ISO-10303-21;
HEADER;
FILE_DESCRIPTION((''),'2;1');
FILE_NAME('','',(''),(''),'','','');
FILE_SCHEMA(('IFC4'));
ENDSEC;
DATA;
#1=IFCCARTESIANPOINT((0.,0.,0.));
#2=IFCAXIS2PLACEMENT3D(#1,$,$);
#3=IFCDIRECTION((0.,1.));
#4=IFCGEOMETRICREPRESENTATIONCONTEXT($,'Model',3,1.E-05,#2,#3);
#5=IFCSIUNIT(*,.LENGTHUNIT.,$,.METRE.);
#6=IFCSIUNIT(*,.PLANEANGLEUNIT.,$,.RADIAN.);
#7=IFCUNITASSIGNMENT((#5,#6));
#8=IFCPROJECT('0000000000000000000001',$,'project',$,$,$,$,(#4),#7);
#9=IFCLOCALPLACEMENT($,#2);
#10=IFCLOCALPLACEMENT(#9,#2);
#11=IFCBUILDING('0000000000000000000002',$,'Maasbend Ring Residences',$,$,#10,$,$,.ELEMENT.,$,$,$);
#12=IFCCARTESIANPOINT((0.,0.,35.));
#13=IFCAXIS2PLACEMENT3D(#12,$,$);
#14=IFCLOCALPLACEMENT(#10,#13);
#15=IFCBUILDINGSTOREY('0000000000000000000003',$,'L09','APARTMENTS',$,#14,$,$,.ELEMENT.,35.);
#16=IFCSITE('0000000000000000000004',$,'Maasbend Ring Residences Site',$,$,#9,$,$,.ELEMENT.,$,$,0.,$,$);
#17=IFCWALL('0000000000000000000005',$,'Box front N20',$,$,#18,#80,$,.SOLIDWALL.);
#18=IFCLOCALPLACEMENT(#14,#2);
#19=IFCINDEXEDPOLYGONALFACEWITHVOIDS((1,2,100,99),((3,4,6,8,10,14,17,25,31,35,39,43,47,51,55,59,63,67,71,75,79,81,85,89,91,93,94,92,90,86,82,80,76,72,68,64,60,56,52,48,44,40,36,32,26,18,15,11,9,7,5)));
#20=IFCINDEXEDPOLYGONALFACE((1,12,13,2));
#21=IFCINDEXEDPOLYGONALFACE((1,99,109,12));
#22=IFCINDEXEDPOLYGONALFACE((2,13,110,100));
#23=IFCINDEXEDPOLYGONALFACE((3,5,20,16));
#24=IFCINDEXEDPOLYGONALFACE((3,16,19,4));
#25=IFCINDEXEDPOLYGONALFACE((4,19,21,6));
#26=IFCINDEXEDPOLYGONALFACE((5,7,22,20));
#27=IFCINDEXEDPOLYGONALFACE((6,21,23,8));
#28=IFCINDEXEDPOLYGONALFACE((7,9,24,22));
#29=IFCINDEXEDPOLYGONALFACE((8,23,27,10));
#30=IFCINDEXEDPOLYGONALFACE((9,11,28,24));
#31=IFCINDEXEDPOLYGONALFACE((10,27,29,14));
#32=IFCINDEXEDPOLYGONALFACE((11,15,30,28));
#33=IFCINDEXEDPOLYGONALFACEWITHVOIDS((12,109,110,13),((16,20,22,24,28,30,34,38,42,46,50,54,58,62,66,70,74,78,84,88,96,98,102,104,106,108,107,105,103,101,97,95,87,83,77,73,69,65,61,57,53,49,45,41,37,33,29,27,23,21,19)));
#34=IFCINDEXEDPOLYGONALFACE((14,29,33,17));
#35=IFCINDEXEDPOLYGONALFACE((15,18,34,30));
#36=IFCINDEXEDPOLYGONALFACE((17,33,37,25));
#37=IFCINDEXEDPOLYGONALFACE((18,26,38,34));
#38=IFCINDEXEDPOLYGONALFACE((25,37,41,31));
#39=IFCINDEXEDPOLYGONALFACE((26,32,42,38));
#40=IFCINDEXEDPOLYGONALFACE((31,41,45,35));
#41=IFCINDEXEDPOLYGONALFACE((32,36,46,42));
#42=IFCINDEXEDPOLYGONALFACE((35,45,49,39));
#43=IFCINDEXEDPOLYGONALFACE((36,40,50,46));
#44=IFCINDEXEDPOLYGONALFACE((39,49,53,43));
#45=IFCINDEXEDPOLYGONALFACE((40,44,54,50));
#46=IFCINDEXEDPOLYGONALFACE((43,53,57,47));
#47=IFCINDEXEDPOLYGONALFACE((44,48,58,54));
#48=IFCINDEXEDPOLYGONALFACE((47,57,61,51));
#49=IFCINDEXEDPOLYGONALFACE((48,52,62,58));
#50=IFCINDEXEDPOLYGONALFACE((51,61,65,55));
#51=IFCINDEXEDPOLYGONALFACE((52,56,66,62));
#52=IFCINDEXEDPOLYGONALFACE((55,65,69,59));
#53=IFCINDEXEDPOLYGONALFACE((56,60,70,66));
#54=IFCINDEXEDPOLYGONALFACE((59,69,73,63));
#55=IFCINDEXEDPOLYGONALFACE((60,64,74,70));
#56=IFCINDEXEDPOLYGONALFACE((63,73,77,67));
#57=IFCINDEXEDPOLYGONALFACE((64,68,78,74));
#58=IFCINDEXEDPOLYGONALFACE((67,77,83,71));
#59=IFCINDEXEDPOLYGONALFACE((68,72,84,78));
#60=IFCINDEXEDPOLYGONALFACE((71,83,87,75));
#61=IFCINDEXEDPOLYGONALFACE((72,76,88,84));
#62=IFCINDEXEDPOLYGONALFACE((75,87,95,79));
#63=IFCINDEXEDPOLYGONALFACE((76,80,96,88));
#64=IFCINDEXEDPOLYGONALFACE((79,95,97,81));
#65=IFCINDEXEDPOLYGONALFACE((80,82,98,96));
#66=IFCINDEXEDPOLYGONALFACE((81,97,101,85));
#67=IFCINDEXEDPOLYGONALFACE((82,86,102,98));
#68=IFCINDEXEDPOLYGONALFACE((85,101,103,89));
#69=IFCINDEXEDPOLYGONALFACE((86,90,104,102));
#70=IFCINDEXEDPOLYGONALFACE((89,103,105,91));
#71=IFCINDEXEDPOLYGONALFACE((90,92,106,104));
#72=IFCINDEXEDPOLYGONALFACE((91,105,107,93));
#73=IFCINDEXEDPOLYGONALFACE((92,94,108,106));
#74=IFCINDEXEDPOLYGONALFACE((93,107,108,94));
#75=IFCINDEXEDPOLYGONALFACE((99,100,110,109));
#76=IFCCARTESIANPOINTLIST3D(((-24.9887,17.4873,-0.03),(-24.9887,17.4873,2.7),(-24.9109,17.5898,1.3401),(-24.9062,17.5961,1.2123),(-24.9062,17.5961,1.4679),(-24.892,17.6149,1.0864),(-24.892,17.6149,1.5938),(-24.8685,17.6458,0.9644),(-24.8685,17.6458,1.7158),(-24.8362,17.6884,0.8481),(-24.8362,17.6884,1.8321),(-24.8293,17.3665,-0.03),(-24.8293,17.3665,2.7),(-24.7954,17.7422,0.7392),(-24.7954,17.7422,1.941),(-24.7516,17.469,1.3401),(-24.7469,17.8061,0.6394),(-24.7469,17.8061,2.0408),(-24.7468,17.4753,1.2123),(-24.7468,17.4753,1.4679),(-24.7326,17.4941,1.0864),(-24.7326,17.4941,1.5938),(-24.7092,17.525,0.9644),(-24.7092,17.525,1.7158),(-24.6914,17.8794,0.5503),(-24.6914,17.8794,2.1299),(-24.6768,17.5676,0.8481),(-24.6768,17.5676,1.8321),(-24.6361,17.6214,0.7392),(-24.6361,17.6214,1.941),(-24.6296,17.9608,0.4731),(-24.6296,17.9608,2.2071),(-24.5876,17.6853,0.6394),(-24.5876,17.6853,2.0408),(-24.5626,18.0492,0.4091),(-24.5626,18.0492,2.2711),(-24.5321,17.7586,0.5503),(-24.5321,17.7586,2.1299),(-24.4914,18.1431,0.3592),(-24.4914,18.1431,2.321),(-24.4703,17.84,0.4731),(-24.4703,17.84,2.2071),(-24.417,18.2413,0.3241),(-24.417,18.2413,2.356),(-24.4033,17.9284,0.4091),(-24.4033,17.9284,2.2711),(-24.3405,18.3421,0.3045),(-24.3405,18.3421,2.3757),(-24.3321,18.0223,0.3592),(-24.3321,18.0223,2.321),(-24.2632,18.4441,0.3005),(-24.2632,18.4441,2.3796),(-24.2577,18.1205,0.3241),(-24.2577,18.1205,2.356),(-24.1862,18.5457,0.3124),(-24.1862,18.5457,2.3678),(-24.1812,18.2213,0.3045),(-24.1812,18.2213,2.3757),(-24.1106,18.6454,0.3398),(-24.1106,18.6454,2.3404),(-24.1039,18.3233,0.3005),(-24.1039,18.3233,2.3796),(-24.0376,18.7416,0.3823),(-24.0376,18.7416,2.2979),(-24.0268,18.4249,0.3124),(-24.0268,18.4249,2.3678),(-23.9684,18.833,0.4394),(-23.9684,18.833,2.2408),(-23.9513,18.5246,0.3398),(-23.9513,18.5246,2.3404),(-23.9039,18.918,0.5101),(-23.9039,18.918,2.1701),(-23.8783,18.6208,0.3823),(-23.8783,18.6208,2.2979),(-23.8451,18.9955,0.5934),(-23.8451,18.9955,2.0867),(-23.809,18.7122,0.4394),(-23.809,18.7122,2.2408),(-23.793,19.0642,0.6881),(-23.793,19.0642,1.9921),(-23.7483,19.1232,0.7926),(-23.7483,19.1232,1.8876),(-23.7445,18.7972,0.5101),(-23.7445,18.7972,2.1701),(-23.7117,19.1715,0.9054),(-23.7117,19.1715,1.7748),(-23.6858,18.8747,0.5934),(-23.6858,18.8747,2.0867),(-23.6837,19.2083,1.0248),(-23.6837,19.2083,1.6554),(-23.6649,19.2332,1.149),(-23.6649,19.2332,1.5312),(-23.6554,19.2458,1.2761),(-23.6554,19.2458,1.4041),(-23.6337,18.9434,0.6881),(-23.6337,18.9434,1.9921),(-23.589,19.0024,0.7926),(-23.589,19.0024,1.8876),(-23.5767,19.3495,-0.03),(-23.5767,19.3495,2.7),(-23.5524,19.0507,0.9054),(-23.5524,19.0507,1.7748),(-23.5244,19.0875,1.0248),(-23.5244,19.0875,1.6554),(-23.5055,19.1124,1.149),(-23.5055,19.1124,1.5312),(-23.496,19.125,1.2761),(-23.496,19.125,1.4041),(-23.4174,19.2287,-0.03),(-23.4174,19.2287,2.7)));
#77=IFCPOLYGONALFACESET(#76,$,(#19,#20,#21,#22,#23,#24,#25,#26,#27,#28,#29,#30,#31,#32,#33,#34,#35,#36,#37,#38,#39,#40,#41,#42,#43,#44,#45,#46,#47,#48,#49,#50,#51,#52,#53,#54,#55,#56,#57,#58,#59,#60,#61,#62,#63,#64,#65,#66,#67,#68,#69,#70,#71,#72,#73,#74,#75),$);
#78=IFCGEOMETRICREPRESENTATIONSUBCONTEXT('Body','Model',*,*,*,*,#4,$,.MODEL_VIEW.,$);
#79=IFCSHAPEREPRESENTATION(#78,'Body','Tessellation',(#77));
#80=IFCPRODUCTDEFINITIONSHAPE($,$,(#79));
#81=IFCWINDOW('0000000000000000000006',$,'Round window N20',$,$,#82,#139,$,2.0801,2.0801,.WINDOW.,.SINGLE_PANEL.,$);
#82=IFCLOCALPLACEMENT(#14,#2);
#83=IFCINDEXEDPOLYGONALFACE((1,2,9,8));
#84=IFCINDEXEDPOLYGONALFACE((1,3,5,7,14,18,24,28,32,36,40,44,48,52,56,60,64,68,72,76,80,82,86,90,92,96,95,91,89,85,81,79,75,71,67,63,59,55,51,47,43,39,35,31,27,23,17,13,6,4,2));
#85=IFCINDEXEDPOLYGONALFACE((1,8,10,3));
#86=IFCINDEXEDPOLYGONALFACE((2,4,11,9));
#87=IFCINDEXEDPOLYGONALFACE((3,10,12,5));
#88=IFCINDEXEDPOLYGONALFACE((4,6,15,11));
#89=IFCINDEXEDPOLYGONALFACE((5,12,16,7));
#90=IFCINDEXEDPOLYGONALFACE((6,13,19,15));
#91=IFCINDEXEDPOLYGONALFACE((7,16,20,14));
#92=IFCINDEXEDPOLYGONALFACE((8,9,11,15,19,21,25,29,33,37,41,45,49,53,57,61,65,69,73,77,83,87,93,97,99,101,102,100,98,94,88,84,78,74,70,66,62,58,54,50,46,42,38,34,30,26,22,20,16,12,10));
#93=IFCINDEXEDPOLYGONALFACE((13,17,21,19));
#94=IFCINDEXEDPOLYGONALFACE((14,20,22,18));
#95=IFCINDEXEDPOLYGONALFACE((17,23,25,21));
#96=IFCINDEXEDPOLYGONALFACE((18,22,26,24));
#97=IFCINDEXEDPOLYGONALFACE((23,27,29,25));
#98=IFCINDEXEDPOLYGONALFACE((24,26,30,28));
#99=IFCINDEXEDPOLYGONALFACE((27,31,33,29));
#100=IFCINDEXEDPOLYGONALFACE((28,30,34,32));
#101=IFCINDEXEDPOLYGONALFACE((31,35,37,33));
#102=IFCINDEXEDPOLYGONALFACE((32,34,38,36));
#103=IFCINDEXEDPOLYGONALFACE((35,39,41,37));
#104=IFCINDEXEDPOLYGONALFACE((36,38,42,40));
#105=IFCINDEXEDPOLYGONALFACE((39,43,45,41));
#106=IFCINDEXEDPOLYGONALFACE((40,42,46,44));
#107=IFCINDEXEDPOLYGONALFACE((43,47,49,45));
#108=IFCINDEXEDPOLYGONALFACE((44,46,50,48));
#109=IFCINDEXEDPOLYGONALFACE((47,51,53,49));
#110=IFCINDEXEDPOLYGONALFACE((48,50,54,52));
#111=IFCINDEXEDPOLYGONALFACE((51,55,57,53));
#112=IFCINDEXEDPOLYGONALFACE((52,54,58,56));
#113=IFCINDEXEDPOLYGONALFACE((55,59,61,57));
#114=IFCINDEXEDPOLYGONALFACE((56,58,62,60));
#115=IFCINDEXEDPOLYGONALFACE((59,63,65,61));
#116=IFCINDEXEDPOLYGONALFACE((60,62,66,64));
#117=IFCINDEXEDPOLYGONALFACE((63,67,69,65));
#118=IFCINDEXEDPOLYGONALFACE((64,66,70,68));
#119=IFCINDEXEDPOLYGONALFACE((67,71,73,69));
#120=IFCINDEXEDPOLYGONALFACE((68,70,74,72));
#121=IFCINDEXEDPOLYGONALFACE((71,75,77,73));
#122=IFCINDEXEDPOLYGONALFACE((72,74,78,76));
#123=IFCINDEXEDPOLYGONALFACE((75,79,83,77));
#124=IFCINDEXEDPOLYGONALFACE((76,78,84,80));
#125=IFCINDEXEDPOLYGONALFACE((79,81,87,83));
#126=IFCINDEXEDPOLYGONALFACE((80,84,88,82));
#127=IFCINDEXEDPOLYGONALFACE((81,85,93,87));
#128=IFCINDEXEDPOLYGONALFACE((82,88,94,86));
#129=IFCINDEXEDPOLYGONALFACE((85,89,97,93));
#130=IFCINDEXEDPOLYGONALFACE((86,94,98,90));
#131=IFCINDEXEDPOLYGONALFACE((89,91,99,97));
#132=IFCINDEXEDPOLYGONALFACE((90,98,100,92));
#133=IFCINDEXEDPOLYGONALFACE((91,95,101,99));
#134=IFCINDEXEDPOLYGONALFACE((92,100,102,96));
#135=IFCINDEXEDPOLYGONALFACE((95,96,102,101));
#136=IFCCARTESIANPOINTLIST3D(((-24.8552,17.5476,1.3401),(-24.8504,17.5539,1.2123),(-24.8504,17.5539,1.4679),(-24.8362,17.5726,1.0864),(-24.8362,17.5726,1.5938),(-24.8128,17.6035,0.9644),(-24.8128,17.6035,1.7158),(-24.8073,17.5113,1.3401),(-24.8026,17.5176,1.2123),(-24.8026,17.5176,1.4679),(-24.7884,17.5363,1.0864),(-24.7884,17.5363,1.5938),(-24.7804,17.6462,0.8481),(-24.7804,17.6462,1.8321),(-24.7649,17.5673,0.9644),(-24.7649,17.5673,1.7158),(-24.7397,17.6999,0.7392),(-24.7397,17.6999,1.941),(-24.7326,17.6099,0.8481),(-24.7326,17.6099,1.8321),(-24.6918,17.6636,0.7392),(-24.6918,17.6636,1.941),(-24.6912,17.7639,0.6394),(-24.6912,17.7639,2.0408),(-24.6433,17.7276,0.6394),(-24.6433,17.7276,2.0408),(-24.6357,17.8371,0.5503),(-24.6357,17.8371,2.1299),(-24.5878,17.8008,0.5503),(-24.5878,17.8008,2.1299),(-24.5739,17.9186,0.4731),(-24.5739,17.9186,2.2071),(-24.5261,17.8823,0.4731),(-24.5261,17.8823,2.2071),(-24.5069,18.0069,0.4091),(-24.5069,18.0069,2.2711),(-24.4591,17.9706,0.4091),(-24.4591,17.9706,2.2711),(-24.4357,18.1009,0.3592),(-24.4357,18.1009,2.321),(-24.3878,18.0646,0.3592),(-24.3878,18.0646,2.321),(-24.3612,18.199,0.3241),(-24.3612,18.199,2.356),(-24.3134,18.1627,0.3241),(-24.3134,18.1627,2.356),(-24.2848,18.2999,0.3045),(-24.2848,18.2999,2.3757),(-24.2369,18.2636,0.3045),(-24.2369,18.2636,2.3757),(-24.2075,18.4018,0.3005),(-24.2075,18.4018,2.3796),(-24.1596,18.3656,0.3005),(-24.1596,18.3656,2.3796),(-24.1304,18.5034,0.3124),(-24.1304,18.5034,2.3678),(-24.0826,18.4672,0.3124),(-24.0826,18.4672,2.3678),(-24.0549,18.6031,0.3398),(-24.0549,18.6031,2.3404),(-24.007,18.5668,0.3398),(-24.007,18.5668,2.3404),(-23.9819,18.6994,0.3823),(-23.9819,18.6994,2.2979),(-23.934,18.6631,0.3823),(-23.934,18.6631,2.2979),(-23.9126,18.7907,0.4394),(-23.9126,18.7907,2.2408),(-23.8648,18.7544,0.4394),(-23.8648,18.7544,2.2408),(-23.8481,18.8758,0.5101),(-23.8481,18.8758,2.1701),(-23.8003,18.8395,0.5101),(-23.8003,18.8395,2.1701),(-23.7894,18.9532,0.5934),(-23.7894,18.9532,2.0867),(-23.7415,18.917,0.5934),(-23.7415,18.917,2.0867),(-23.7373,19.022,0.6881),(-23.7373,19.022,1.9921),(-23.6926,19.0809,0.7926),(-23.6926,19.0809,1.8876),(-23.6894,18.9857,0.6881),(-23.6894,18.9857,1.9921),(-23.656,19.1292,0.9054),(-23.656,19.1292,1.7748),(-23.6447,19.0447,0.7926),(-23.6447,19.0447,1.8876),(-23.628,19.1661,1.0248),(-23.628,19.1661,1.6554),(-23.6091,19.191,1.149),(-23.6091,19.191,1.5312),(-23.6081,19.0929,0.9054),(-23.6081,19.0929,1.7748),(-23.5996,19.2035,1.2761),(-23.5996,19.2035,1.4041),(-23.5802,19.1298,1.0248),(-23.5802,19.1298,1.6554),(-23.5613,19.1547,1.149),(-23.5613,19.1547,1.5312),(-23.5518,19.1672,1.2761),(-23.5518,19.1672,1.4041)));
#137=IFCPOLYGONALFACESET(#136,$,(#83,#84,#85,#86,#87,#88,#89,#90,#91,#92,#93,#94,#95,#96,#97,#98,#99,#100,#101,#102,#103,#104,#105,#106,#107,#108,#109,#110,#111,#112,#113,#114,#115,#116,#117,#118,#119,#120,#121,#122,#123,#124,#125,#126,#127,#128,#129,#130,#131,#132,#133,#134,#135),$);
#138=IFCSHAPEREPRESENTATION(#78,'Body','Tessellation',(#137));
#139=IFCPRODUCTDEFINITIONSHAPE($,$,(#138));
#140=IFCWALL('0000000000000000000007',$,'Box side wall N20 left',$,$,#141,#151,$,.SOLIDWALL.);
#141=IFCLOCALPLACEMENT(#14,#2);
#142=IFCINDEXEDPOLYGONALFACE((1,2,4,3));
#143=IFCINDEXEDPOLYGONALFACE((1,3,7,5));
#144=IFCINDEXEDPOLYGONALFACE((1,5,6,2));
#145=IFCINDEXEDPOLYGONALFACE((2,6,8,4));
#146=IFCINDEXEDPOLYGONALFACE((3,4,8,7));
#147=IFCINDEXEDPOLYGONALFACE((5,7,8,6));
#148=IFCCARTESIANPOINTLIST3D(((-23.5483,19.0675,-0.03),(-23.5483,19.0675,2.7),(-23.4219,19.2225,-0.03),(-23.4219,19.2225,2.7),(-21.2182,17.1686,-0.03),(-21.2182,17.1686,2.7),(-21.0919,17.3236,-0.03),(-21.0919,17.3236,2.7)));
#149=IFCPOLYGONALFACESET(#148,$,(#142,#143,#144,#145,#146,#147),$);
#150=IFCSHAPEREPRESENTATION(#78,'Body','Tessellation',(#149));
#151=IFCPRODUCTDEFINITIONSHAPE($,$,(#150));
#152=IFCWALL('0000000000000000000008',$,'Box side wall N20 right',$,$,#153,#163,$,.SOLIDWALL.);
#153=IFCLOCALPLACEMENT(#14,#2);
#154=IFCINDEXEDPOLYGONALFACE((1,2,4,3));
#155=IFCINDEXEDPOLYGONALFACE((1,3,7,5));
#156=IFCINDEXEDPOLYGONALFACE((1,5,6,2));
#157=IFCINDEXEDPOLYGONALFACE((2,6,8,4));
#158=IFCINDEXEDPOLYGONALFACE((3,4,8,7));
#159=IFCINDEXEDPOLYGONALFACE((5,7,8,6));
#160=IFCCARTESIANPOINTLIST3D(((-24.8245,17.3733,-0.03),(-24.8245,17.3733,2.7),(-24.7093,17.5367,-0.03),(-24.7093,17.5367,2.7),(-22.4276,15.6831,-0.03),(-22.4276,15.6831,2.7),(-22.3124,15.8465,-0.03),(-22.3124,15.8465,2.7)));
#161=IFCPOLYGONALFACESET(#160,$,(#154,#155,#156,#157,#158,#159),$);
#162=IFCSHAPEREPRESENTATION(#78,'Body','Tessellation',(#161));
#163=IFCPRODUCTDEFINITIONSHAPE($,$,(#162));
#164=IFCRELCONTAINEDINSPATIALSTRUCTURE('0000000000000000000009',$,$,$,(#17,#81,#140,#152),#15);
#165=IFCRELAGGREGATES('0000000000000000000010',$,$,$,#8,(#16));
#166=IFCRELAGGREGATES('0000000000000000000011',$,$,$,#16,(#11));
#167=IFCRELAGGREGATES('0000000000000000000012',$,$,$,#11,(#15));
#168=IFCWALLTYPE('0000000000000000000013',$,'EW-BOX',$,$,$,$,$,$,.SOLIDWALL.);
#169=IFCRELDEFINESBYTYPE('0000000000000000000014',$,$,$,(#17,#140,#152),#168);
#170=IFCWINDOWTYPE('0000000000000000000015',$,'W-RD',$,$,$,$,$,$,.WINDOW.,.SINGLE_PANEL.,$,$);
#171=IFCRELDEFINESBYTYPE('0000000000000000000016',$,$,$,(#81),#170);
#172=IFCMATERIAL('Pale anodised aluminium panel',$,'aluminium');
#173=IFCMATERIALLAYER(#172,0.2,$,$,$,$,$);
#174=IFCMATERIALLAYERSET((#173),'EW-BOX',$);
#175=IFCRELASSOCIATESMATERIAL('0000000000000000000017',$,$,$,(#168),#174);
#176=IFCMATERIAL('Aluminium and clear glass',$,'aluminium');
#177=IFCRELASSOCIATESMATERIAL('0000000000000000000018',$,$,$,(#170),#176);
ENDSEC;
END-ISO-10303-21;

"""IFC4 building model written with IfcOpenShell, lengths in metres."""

from ifc_helpers import new_model, si_unit, direction, frame, frame_2d, origin, place, context, subcontext, project, spatial, rectangle, circle, extrude, material, layer, layer_set, type_object, element, fill, save


model = new_model("IFC4")

# Units and contexts
model_context = context("Model", 3, precision=1e-05, world=origin(), true_north=direction((0.0, 1.0)))
body_context = subcontext(model_context, "Body", "Model", "MODEL_VIEW")
ifc_project = project(units=[si_unit("LENGTHUNIT", "METRE"), si_unit("PLANEANGLEUNIT", "RADIAN")], contexts=[model_context])

# Site, building, storey
site_placement = place(None, origin())
site = spatial("IfcSite", under=ifc_project, at=site_placement, Name="Maasbend Ring Residences Site", CompositionType="ELEMENT", RefElevation=0.0)
building_placement = place(site_placement, origin())
building = spatial("IfcBuilding", under=site, at=building_placement, Name="Maasbend Ring Residences", CompositionType="ELEMENT")
storey_placement = place(building_placement, frame((0.0, 0.0, 35.0)))
storey = spatial("IfcBuildingStorey", under=building, at=storey_placement, Name="L09", Description="APARTMENTS", CompositionType="ELEMENT", Elevation=35.0)

# Wall, opening, window
ifc_material_1 = material(Name="Pale anodised aluminium panel", Category="aluminium")
ifc_layer_1 = layer(ifc_material_1, 0.2)
ifc_layer_set_1 = layer_set([ifc_layer_1], Name="EW-BOX")
wall_type_1 = type_object("IfcWallType", Name="EW-BOX", PredefinedType="SOLIDWALL", material=ifc_layer_set_1)
wall_1_placement = place(storey_placement, frame((-23.4971, 19.2891, -0.03), z_axis=(0.0, 0.0, 1.0), x_axis=(-0.604188, -0.796842, 0.0)))
wall_1 = element("IfcWall", 1, at=wall_1_placement, inside=storey, type_object=wall_type_1, Name="Box front N20", PredefinedType="SOLIDWALL", context=body_context, shape_type="SweptSolid", body=[
    extrude(rectangle(XDim=2.3369, YDim=0.2, at=frame_2d((1.1685, 0.0))), origin(), (0.0, 0.0, 1.0), 2.73),
])
opening_1_placement = place(wall_1_placement, frame((0.1282, 0.0, 0.3301)))
opening_1 = element("IfcOpeningElement", 2, at=opening_1_placement, cuts=wall_1, PredefinedType="OPENING", context=body_context, shape_type="SweptSolid", body=[
    extrude(circle(Radius=1.04, at=frame_2d((1.04, 1.04))), frame((0.0, 0.1099, 0.0), z_axis=(0.0, -1.0, 0.0), x_axis=(1.0, 0.0, 0.0)), (0.0, 0.0, 1.0), 0.22),
])
ifc_material_2 = material(Name="Aluminium and clear glass", Category="aluminium")
window_type_1 = type_object("IfcWindowType", Name="W-RD", PartitioningType="SINGLE_PANEL", PredefinedType="WINDOW", material=ifc_material_2)
window_1_placement = place(opening_1_placement, origin())
window_1 = element("IfcWindow", 3, at=window_1_placement, inside=storey, type_object=window_type_1, Name="Round window N20", OverallHeight=2.0801, OverallWidth=2.0801, PartitioningType="SINGLE_PANEL", PredefinedType="WINDOW", context=body_context, shape_type="SweptSolid", body=[
    extrude(circle(Radius=1.04, at=frame_2d((1.04, 1.04))), frame((0.0, 0.03, 0.0), z_axis=(0.0, -1.0, 0.0), x_axis=(1.0, 0.0, 0.0)), (0.0, 0.0, 1.0), 0.0601),
])
fill(opening_1, window_1)

# Walls
wall_2_placement = place(storey_placement, frame((-21.155, 17.2461, -0.03), z_axis=(0.0, 0.0, 1.0), x_axis=(-0.775179, 0.631742, 0.0)))
element("IfcWall", 4, at=wall_2_placement, inside=storey, type_object=wall_type_1, Name="Box side wall N20 left", PredefinedType="SOLIDWALL", context=body_context, shape_type="SweptSolid", body=[
    extrude(rectangle(XDim=3.0059, YDim=0.2, at=frame_2d((1.5029, 0.0))), origin(), (0.0, 0.0, 1.0), 2.73),
])
wall_3_placement = place(storey_placement, frame((-22.3701, 15.7649, -0.03), z_axis=(0.0, 0.0, 1.0), x_axis=(-0.817256, 0.576275, 0.0)))
element("IfcWall", 5, at=wall_3_placement, inside=storey, type_object=wall_type_1, Name="Box side wall N20 right", PredefinedType="SOLIDWALL", context=body_context, shape_type="SweptSolid", body=[
    extrude(rectangle(XDim=2.9329, YDim=0.2, at=frame_2d((1.4663, 0.0))), origin(), (0.0, 0.0, 1.0), 2.73),
])

save(model, "model.ifc")
